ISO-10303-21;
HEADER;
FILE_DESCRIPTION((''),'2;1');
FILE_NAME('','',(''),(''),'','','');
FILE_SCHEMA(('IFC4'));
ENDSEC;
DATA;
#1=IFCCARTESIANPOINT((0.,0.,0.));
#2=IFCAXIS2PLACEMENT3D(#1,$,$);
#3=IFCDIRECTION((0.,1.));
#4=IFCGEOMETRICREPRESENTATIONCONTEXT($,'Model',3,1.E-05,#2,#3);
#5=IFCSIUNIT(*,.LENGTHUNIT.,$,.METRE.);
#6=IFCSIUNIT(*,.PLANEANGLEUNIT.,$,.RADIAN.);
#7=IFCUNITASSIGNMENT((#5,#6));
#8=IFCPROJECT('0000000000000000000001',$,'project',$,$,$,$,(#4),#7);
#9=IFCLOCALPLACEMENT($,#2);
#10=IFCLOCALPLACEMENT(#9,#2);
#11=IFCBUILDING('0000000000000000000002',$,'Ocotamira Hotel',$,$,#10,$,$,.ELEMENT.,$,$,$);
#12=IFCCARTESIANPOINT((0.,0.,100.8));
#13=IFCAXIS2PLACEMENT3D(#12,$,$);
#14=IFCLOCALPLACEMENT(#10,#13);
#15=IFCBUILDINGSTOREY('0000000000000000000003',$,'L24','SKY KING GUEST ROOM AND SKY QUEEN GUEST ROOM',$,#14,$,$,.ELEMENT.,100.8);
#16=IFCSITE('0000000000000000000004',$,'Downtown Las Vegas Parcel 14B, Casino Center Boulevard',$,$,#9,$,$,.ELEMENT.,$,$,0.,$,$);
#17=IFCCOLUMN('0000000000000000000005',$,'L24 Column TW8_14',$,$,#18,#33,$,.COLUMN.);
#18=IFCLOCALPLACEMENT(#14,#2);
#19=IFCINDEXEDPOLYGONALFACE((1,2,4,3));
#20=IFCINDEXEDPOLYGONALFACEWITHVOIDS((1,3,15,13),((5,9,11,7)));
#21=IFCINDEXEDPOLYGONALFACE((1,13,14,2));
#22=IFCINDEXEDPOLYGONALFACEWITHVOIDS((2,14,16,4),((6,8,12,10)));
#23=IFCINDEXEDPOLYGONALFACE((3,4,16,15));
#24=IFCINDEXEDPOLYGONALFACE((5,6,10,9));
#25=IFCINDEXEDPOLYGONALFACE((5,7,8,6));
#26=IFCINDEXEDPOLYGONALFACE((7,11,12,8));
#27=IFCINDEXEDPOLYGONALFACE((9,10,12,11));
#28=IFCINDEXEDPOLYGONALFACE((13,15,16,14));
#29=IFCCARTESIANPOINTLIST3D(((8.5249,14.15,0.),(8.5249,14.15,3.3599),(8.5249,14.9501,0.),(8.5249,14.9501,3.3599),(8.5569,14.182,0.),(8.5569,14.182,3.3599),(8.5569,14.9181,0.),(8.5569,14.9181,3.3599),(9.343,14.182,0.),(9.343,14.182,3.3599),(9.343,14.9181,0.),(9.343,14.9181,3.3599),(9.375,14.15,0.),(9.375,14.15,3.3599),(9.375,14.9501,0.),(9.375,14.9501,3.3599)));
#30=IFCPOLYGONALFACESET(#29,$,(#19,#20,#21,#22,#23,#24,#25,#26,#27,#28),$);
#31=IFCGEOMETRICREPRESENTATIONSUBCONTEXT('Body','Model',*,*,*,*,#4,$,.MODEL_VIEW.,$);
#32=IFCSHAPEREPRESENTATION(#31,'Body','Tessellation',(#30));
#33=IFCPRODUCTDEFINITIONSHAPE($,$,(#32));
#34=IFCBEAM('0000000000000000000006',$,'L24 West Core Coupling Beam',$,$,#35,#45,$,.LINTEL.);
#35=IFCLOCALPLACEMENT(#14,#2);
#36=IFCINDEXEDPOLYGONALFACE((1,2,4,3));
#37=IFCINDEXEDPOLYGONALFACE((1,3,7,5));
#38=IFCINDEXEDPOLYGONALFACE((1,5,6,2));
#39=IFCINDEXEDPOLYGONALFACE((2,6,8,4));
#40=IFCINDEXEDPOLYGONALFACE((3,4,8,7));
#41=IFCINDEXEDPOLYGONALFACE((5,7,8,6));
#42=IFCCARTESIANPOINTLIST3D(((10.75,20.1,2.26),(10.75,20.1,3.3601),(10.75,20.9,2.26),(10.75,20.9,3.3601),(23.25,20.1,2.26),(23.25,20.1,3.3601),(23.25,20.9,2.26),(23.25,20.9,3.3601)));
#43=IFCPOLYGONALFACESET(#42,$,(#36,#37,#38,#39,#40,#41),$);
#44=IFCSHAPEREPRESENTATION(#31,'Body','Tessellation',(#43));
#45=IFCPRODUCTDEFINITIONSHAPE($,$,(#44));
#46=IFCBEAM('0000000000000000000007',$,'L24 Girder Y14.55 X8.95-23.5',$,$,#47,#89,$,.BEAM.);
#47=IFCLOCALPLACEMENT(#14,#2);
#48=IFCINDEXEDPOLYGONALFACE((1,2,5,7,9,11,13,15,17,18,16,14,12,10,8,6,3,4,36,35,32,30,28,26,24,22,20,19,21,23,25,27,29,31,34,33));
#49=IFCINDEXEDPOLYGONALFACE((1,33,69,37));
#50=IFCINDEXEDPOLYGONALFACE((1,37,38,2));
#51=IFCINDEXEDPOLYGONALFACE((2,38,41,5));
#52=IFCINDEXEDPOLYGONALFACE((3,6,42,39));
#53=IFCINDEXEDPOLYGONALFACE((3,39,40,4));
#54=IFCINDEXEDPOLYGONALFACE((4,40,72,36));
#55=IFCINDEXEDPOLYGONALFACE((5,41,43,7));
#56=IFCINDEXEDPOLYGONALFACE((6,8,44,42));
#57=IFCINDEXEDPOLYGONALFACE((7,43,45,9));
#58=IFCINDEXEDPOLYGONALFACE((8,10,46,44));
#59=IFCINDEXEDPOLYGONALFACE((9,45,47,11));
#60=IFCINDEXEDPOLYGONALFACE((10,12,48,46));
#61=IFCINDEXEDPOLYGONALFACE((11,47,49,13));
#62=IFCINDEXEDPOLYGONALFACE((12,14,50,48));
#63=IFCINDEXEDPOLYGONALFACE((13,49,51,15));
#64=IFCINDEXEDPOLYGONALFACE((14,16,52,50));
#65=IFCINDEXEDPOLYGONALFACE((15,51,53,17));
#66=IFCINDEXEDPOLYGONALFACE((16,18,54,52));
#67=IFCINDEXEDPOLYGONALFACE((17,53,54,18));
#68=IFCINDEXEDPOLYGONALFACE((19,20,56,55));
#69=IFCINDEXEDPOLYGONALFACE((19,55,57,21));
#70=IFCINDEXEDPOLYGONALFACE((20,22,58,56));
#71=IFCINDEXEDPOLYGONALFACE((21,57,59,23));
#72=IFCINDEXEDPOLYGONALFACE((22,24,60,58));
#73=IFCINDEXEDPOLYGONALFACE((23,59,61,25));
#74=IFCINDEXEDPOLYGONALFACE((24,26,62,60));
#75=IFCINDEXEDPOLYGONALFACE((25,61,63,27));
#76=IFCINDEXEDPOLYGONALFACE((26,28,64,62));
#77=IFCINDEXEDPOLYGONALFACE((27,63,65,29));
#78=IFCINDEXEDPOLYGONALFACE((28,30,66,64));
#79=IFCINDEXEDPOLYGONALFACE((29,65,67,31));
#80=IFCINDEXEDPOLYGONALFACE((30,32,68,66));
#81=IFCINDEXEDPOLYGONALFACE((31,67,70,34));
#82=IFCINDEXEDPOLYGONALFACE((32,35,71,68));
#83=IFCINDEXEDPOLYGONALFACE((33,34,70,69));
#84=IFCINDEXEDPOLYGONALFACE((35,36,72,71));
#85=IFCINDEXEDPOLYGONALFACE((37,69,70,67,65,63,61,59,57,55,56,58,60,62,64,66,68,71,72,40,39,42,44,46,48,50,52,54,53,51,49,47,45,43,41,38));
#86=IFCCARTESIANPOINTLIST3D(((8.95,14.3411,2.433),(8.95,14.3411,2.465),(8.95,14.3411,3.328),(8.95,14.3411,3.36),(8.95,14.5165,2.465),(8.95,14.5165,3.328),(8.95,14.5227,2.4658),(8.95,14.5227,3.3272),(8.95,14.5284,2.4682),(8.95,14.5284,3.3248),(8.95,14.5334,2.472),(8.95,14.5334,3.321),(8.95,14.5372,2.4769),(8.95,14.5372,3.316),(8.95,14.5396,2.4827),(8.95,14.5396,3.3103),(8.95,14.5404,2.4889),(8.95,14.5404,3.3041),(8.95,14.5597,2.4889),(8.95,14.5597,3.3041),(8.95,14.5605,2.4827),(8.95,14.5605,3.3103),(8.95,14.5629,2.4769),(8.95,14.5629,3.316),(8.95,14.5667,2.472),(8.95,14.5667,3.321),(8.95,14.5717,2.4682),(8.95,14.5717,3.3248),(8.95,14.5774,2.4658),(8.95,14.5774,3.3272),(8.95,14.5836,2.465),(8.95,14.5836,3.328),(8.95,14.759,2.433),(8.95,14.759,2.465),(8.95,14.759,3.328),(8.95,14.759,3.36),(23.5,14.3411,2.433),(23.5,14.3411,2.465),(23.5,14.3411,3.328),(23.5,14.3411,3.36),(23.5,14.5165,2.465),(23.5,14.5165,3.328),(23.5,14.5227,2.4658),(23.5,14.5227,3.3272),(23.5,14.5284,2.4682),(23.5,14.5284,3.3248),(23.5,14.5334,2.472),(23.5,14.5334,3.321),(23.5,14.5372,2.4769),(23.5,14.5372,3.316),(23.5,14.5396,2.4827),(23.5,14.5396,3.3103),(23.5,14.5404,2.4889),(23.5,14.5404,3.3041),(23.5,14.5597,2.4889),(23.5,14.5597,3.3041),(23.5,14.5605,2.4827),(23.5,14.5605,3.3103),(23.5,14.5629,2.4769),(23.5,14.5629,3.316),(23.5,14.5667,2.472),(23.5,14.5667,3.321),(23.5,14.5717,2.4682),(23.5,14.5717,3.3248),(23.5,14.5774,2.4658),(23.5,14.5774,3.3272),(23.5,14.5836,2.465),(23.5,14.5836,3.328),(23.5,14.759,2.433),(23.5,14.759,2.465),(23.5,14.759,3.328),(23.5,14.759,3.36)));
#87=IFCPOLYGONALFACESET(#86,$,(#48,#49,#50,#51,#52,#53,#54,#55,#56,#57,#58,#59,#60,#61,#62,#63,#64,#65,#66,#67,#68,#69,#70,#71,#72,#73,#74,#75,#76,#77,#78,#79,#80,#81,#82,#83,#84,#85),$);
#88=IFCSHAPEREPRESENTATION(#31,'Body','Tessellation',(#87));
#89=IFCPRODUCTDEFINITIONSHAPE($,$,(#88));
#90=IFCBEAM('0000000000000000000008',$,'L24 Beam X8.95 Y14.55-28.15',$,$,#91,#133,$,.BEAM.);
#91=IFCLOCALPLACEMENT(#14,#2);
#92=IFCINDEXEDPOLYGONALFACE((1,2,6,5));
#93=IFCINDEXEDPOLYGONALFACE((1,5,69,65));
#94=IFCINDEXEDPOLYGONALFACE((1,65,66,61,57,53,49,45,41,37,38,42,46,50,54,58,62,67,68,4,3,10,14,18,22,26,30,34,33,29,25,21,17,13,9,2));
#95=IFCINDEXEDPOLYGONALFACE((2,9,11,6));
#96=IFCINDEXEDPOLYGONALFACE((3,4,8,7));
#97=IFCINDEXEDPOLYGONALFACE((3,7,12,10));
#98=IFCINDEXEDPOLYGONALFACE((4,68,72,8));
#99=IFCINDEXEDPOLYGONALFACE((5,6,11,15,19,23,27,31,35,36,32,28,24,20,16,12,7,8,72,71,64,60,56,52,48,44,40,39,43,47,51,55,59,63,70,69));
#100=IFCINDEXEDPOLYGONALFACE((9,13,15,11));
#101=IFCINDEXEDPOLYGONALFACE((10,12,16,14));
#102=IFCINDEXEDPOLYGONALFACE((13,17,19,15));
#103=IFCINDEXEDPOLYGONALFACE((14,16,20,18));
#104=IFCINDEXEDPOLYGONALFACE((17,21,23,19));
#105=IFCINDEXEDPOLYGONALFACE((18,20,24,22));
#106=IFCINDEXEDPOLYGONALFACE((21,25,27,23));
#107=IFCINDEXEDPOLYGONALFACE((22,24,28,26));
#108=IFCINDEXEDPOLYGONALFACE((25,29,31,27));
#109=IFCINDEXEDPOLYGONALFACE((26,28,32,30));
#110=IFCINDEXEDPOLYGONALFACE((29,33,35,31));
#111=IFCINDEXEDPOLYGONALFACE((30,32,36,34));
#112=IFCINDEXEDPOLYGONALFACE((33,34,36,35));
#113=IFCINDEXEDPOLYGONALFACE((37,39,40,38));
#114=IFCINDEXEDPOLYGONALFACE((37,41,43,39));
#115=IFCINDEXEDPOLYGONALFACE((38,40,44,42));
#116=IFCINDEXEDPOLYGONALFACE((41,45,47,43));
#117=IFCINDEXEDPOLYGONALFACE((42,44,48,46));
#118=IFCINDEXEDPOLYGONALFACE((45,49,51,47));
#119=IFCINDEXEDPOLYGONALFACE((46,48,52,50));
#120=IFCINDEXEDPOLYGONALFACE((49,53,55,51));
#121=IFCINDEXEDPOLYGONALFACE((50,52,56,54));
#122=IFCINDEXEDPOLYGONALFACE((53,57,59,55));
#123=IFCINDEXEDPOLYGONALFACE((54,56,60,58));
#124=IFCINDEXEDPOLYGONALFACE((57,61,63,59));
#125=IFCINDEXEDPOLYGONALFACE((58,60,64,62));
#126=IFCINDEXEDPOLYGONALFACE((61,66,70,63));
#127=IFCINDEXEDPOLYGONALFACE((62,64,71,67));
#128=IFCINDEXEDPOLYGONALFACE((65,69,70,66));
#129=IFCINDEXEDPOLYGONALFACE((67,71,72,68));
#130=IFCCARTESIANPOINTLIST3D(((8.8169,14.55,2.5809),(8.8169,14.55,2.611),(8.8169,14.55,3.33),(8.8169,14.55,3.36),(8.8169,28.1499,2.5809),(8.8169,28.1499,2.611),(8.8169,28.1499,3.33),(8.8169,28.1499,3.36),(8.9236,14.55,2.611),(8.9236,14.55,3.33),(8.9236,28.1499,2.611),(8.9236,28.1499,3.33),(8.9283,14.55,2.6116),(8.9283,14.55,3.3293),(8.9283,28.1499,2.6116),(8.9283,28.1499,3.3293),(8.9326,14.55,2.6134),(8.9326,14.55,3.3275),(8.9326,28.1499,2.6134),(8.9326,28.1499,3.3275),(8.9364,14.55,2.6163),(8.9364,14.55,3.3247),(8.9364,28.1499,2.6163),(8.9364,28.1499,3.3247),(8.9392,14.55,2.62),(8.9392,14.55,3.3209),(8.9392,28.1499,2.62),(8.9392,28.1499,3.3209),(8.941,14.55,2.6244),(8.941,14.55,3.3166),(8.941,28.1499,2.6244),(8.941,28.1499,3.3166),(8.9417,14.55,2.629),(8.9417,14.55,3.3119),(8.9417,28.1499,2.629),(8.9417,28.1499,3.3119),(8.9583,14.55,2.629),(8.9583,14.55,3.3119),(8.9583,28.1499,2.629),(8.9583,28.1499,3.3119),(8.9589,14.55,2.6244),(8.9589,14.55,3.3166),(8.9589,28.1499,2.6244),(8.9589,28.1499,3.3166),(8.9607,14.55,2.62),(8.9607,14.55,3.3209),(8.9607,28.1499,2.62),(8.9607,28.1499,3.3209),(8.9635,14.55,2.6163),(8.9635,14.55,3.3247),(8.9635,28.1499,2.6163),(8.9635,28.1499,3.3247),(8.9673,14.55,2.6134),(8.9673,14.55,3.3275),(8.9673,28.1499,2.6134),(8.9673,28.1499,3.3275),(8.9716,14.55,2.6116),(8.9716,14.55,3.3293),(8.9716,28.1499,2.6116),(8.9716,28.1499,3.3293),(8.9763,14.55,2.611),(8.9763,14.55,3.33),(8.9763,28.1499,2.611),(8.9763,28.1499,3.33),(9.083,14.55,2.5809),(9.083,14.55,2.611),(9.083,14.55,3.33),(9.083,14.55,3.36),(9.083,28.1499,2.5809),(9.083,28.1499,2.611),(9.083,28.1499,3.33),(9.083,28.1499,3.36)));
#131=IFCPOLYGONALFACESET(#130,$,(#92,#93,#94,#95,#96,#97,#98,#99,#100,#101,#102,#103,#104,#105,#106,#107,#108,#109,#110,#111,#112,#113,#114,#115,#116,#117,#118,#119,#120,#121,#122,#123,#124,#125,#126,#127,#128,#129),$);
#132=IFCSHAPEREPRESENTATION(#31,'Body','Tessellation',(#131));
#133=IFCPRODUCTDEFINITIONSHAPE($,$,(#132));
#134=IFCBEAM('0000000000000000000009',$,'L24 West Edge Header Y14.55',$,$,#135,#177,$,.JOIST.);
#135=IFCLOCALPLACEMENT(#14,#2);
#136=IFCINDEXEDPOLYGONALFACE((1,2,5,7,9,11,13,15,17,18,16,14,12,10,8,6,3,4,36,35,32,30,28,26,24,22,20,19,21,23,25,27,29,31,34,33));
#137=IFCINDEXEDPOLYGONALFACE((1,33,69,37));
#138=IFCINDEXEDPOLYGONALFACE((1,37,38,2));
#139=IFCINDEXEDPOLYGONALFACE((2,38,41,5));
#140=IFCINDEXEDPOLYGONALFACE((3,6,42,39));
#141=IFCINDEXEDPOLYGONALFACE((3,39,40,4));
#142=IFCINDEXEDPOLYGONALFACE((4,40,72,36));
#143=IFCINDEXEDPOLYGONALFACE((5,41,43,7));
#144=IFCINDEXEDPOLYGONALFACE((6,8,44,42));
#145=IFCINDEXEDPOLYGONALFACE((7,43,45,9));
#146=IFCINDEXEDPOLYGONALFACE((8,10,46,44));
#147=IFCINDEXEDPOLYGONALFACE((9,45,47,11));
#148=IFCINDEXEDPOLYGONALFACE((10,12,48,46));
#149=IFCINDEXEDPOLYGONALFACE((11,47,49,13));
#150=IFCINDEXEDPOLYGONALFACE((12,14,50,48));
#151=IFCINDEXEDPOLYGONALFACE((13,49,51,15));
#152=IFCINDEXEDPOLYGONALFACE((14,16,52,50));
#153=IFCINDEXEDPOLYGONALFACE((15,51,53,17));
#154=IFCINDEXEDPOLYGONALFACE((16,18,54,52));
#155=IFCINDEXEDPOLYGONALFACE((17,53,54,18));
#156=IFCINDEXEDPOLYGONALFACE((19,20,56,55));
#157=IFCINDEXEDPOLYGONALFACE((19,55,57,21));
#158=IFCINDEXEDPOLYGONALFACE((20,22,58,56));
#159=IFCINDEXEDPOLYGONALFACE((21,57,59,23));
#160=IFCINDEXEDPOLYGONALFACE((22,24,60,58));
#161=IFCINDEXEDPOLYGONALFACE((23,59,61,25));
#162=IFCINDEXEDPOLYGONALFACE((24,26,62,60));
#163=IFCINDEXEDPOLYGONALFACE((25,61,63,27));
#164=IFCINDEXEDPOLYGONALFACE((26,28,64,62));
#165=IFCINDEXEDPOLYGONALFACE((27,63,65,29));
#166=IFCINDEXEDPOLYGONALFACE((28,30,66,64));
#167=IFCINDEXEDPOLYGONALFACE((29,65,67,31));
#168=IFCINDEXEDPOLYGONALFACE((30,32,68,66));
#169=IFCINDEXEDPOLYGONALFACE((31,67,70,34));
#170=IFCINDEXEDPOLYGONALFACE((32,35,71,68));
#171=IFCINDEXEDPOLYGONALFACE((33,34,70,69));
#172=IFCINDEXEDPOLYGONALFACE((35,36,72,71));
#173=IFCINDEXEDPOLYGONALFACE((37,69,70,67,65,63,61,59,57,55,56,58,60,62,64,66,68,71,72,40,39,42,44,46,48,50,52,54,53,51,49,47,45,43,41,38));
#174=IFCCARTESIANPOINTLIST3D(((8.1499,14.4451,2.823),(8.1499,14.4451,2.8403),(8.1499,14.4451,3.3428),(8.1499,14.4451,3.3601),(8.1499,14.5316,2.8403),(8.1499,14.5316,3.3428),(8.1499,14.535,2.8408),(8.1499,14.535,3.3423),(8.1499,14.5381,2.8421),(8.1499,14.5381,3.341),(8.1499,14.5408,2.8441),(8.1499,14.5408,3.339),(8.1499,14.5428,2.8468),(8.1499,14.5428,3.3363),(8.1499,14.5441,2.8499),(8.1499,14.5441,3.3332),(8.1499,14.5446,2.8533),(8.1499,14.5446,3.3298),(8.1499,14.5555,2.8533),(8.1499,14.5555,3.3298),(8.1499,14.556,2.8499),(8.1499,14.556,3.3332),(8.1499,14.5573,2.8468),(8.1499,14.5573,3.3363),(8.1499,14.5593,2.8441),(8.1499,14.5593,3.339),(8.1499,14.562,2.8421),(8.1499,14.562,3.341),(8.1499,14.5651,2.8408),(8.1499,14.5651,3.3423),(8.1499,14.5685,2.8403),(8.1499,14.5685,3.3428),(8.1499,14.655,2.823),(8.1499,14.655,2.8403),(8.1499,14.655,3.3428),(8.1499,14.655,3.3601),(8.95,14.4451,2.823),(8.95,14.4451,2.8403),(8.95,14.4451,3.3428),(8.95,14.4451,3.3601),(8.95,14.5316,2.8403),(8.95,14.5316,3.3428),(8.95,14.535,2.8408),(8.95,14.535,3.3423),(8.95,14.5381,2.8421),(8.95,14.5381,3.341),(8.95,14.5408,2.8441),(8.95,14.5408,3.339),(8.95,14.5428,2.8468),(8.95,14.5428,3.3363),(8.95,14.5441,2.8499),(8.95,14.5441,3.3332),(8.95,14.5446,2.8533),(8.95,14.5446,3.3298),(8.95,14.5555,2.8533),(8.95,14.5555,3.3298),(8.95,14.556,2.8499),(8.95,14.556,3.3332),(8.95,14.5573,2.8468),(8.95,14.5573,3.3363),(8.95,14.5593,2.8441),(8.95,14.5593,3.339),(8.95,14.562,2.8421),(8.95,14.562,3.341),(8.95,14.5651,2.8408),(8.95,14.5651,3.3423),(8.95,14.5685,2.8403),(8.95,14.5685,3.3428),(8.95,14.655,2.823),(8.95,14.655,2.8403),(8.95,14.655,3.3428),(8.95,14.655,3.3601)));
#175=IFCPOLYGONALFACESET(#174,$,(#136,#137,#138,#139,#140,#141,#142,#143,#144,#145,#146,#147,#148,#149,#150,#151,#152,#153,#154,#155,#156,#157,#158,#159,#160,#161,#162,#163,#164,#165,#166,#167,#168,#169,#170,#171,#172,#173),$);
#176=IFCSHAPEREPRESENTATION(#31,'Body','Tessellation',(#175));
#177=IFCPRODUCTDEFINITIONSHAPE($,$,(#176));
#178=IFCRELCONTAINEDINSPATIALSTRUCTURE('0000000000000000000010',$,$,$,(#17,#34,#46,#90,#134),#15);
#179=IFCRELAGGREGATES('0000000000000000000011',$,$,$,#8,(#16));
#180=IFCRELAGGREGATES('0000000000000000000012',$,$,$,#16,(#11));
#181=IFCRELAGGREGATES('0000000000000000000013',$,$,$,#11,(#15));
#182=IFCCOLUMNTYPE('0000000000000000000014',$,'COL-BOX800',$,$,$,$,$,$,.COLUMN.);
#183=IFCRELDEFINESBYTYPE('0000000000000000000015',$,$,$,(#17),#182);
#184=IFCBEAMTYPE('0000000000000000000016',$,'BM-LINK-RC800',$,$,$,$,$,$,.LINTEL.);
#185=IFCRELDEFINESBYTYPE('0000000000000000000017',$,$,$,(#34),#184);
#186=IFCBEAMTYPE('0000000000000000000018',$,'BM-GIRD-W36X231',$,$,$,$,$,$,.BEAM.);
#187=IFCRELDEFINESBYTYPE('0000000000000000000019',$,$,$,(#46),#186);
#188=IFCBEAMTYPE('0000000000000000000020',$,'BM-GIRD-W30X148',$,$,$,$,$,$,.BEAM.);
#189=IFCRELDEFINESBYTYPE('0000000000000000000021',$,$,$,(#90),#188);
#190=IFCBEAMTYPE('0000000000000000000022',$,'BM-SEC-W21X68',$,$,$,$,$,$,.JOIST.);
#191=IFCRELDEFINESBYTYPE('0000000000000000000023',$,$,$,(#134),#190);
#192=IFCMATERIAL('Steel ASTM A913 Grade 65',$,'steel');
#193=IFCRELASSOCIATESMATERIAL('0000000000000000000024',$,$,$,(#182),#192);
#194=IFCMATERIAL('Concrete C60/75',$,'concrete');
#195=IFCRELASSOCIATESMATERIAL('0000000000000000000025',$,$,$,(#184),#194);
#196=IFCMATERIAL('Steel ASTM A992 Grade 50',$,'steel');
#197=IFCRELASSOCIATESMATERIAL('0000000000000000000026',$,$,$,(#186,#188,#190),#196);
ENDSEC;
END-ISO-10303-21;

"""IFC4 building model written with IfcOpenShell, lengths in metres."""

from ifc_helpers import new_model, si_unit, direction, frame, origin, origin_2d, place, context, subcontext, project, spatial, rectangle, hollow_rectangle, i_section, extrude, source, transform, mapped, material, material_profile, profile_set, type_object, element, save


model = new_model("IFC4")

# Units and contexts
model_context = context("Model", 3, precision=1e-05, world=origin(), true_north=direction((0.0, 1.0)))
body_context = subcontext(model_context, "Body", "Model", "MODEL_VIEW")
ifc_project = project(units=[si_unit("LENGTHUNIT", "METRE"), si_unit("PLANEANGLEUNIT", "RADIAN")], contexts=[model_context])

# Site, building, storey
site_placement = place(None, origin())
site = spatial("IfcSite", under=ifc_project, at=site_placement, Name="Downtown Las Vegas Parcel 14B, Casino Center Boulevard", CompositionType="ELEMENT", RefElevation=0.0)
building_placement = place(site_placement, origin())
building = spatial("IfcBuilding", under=site, at=building_placement, Name="Ocotamira Hotel", CompositionType="ELEMENT")
storey_placement = place(building_placement, frame((0.0, 0.0, 100.8)))
storey = spatial("IfcBuildingStorey", under=building, at=storey_placement, Name="L24", Description="SKY KING GUEST ROOM AND SKY QUEEN GUEST ROOM", CompositionType="ELEMENT", Elevation=100.8)

# Column
ifc_material_1 = material(Name="Steel ASTM A913 Grade 65", Category="steel")
ifc_material_profile_1 = material_profile(ifc_material_1, hollow_rectangle(XDim=0.8501, YDim=0.8, WallThickness=0.032, at=origin_2d()), Name="BOX800X850X32")
ifc_profile_set_1 = profile_set([ifc_material_profile_1], Name="Steel ASTM A913 Grade 65")
column_type = type_object("IfcColumnType", Name="COL-BOX800", PredefinedType="COLUMN", material=ifc_profile_set_1)
shared_shape_1 = source(origin(), body_context, "Body", "SweptSolid", [
    extrude(hollow_rectangle(XDim=0.8501, YDim=0.8, WallThickness=0.032, at=origin_2d()), origin(), (0.0, 0.0, 1.0), 3.3599),
])
column_placement = place(storey_placement, frame((8.95, 14.55, 0.0), z_axis=(0.0, 0.0, 1.0), x_axis=(1.0, 0.0, 0.0)))
element("IfcColumn", 1, at=column_placement, inside=storey, type_object=column_type, Name="L24 Column TW8_14", PredefinedType="COLUMN", context=body_context, shape_type="MappedRepresentation", body=[
    mapped(shared_shape_1, transform((0.0, 0.0, 0.0), scale=1.0)),
])

# Beams
ifc_material_2 = material(Name="Concrete C60/75", Category="concrete")
ifc_material_profile_2 = material_profile(ifc_material_2, rectangle(XDim=0.8, YDim=1.1001, at=origin_2d()), Name="RC800X1100")
ifc_profile_set_2 = profile_set([ifc_material_profile_2], Name="Concrete C60/75")
beam_type_1 = type_object("IfcBeamType", Name="BM-LINK-RC800", PredefinedType="LINTEL", material=ifc_profile_set_2)
shared_shape_2 = source(origin(), body_context, "Body", "SweptSolid", [
    extrude(rectangle(XDim=0.8, YDim=1.1001, at=origin_2d()), origin(), (0.0, 0.0, 1.0), 12.5),
])
beam_1_placement = place(storey_placement, frame((10.75, 20.5, 2.8101), z_axis=(1.0, 0.0, 0.0), x_axis=(0.0, 1.0, 0.0)))
element("IfcBeam", 2, at=beam_1_placement, inside=storey, type_object=beam_type_1, Name="L24 West Core Coupling Beam", PredefinedType="LINTEL", context=body_context, shape_type="MappedRepresentation", body=[
    mapped(shared_shape_2, transform((0.0, 0.0, 0.0), scale=1.0)),
])
ifc_material_3 = material(Name="Steel ASTM A992 Grade 50", Category="steel")
ifc_material_profile_3 = material_profile(ifc_material_3, i_section(OverallWidth=0.418, OverallDepth=0.927, WebThickness=0.0193, FlangeThickness=0.032, FilletRadius=0.0239, at=origin_2d()), Name="W36X231")
ifc_profile_set_3 = profile_set([ifc_material_profile_3], Name="Steel ASTM A992 Grade 50")
beam_type_2 = type_object("IfcBeamType", Name="BM-GIRD-W36X231", PredefinedType="BEAM", material=ifc_profile_set_3)
shared_shape_3 = source(origin(), body_context, "Body", "SweptSolid", [
    extrude(i_section(OverallWidth=0.418, OverallDepth=0.927, WebThickness=0.0193, FlangeThickness=0.032, FilletRadius=0.0239, at=origin_2d()), origin(), (0.0, 0.0, 1.0), 14.55),
])
beam_2_placement = place(storey_placement, frame((8.95, 14.55, 2.8965), z_axis=(1.0, 0.0, 0.0), x_axis=(0.0, 1.0, 0.0)))
element("IfcBeam", 3, at=beam_2_placement, inside=storey, type_object=beam_type_2, Name="L24 Girder Y14.55 X8.95-23.5", PredefinedType="BEAM", context=body_context, shape_type="MappedRepresentation", body=[
    mapped(shared_shape_3, transform((0.0, 0.0, 0.0), scale=1.0)),
])
ifc_material_profile_4 = material_profile(ifc_material_3, i_section(OverallWidth=0.2661, OverallDepth=0.7791, WebThickness=0.0166, FlangeThickness=0.03, FilletRadius=0.0181, at=origin_2d()), Name="W30X148")
ifc_profile_set_4 = profile_set([ifc_material_profile_4], Name="Steel ASTM A992 Grade 50")
beam_type_3 = type_object("IfcBeamType", Name="BM-GIRD-W30X148", PredefinedType="BEAM", material=ifc_profile_set_4)
shared_shape_4 = source(origin(), body_context, "Body", "SweptSolid", [
    extrude(i_section(OverallWidth=0.2661, OverallDepth=0.7791, WebThickness=0.0166, FlangeThickness=0.03, FilletRadius=0.0181, at=origin_2d()), origin(), (0.0, 0.0, 1.0), 13.5999),
])
beam_3_placement = place(storey_placement, frame((8.95, 14.55, 2.9705), z_axis=(0.0, 1.0, 0.0), x_axis=(-1.0, 0.0, 0.0)))
element("IfcBeam", 4, at=beam_3_placement, inside=storey, type_object=beam_type_3, Name="L24 Beam X8.95 Y14.55-28.15", PredefinedType="BEAM", context=body_context, shape_type="MappedRepresentation", body=[
    mapped(shared_shape_4, transform((0.0, 0.0, 0.0), scale=1.0)),
])
ifc_material_profile_5 = material_profile(ifc_material_3, i_section(OverallWidth=0.21, OverallDepth=0.5371, WebThickness=0.011, FlangeThickness=0.0173, FilletRadius=0.0129, at=origin_2d()), Name="W21X68")
ifc_profile_set_5 = profile_set([ifc_material_profile_5], Name="Steel ASTM A992 Grade 50")
beam_type_4 = type_object("IfcBeamType", Name="BM-SEC-W21X68", PredefinedType="JOIST", material=ifc_profile_set_5)
shared_shape_5 = source(origin(), body_context, "Body", "SweptSolid", [
    extrude(i_section(OverallWidth=0.21, OverallDepth=0.5371, WebThickness=0.011, FlangeThickness=0.0173, FilletRadius=0.0129, at=origin_2d()), origin(), (0.0, 0.0, 1.0), 0.8),
])
beam_4_placement = place(storey_placement, frame((8.95, 14.55, 3.0916), z_axis=(-1.0, 0.0, 0.0), x_axis=(0.0, -1.0, 0.0)))
element("IfcBeam", 5, at=beam_4_placement, inside=storey, type_object=beam_type_4, Name="L24 West Edge Header Y14.55", PredefinedType="JOIST", context=body_context, shape_type="MappedRepresentation", body=[
    mapped(shared_shape_5, transform((0.0, 0.0, 0.0), scale=1.0)),
])

save(model, "model.ifc")
